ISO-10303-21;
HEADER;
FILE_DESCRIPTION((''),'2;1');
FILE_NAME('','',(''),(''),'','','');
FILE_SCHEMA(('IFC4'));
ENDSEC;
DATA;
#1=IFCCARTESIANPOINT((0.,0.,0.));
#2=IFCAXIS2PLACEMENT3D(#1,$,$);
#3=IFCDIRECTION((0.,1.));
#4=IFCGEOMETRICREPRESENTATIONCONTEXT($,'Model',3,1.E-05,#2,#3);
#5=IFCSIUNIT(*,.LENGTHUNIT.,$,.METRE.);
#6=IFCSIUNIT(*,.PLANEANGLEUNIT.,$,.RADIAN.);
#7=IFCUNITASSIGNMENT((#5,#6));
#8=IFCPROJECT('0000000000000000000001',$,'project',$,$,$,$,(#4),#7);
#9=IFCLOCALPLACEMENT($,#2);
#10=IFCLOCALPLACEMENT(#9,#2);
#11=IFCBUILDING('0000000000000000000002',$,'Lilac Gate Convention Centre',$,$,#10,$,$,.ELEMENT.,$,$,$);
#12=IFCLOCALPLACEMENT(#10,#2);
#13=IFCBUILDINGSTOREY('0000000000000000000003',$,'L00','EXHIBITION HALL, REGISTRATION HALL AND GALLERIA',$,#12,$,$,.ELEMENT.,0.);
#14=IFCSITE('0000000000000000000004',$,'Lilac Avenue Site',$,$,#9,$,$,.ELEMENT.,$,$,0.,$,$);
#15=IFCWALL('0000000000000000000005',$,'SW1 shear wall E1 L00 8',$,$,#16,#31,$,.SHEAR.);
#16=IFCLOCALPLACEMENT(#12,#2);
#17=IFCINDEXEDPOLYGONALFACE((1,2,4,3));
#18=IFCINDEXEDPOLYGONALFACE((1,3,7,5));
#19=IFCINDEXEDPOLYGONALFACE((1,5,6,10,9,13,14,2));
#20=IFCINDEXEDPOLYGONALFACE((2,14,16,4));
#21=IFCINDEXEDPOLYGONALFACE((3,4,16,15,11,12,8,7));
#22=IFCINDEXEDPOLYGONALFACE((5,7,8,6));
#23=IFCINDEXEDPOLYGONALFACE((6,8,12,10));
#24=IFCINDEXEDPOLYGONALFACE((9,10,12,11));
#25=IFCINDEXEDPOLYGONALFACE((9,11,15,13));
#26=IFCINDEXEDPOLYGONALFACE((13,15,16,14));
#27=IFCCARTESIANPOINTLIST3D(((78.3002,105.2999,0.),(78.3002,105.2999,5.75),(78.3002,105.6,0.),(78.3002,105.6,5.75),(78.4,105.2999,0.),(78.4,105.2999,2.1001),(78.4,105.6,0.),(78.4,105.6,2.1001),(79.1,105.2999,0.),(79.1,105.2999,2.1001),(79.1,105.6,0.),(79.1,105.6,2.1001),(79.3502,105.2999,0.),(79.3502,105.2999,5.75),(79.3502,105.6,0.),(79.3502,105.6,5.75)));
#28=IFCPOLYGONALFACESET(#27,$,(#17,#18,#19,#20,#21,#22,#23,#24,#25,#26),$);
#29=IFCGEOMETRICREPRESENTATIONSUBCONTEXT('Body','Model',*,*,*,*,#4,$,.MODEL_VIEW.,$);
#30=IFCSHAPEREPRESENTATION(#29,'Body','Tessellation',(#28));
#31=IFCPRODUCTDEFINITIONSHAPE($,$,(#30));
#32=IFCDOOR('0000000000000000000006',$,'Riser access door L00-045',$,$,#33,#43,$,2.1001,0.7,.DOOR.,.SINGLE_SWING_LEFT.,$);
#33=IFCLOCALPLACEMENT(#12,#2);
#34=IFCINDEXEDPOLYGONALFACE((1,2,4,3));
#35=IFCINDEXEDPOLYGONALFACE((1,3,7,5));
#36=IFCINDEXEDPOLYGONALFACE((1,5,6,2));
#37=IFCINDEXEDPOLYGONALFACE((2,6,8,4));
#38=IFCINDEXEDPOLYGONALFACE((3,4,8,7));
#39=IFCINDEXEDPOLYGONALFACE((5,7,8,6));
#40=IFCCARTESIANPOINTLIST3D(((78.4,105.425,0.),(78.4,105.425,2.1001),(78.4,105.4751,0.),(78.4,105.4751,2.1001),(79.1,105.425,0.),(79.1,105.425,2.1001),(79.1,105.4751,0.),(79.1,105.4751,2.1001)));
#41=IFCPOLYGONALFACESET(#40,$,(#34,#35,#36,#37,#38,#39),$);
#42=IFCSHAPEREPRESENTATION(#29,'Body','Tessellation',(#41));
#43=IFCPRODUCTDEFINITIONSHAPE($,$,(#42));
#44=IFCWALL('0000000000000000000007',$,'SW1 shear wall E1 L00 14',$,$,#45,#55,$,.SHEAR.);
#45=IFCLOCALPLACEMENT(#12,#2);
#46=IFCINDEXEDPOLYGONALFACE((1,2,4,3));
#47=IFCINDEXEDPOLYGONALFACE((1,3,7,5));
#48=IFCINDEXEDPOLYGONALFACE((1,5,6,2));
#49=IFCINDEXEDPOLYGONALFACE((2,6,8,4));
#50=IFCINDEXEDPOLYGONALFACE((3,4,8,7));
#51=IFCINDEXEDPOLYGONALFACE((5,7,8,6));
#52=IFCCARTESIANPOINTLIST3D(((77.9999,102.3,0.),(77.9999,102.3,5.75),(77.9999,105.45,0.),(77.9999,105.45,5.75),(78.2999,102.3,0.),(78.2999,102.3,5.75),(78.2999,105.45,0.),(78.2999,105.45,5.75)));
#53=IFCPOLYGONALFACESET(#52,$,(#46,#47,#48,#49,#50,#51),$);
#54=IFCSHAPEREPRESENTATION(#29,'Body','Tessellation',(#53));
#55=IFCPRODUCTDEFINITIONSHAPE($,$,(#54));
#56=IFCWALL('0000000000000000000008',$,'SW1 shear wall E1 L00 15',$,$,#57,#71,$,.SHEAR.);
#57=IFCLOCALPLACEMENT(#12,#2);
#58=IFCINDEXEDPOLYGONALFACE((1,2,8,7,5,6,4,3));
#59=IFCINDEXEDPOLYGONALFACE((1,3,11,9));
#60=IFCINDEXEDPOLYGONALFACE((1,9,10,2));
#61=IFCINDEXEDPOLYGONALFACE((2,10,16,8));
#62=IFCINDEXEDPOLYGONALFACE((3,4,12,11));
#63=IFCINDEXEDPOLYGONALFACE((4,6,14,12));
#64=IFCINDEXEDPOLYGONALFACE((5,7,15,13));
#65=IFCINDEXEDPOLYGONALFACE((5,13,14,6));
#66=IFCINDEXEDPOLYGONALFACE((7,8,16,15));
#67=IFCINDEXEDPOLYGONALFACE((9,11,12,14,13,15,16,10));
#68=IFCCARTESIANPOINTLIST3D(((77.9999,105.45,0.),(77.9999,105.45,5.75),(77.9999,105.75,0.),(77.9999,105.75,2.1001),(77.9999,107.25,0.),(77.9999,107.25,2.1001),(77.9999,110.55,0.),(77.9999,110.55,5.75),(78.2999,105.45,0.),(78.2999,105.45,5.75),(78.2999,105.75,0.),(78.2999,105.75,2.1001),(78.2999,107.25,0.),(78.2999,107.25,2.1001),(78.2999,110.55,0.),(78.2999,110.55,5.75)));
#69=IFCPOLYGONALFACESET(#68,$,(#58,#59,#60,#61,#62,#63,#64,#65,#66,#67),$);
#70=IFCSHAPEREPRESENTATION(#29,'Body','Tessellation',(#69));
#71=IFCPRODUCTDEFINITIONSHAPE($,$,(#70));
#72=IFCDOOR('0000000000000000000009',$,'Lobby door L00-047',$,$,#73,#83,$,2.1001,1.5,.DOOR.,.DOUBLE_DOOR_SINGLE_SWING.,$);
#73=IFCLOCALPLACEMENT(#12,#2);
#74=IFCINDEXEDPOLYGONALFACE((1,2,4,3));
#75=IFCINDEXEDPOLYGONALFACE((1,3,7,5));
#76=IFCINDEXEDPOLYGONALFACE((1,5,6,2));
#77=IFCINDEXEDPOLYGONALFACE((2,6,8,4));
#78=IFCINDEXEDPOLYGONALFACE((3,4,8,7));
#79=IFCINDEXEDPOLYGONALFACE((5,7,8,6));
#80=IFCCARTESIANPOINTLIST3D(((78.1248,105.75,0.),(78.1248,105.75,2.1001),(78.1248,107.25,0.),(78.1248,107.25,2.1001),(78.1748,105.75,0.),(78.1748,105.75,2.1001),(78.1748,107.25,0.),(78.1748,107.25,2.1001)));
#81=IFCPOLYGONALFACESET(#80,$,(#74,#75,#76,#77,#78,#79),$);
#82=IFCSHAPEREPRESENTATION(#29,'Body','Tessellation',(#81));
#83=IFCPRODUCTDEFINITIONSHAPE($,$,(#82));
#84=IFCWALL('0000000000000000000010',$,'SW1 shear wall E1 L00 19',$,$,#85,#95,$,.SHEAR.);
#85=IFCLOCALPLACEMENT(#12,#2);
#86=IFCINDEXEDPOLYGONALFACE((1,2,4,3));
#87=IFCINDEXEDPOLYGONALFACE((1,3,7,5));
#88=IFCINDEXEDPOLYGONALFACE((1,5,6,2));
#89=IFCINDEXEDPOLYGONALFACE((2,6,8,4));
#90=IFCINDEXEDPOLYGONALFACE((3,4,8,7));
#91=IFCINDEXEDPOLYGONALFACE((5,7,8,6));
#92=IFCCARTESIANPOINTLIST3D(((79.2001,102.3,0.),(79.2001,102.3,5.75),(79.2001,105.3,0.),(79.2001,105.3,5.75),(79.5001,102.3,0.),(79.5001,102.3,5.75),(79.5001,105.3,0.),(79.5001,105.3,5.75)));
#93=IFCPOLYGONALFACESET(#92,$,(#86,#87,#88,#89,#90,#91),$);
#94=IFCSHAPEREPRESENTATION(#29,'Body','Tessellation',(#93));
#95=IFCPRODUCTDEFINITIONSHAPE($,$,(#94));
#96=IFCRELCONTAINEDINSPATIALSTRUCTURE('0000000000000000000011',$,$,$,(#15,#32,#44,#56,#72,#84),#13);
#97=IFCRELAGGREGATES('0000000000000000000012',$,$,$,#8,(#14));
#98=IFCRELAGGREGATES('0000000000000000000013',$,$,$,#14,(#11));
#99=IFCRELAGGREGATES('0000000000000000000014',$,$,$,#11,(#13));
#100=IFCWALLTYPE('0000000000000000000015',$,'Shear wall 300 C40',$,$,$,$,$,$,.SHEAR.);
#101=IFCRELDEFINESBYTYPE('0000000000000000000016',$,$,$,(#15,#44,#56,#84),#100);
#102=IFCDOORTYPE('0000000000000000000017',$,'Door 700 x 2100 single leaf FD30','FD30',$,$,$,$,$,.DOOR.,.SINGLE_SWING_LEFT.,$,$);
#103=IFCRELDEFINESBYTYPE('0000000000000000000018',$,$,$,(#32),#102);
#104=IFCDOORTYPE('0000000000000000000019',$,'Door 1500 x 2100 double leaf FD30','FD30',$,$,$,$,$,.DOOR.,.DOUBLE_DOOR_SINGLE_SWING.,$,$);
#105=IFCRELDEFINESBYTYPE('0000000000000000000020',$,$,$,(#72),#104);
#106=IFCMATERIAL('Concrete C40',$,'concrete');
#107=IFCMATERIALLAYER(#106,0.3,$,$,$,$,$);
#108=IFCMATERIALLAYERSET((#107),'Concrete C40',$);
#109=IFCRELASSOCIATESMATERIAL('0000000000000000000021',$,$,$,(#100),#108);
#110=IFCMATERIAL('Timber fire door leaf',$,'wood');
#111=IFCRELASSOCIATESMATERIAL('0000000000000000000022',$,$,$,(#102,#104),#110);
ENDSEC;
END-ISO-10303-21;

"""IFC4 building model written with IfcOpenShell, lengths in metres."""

from ifc_helpers import new_model, si_unit, direction, frame, frame_2d, origin, place, context, subcontext, project, spatial, rectangle, extrude, material, layer, layer_set, type_object, element, fill, save


model = new_model("IFC4")

# Units and contexts
model_context = context("Model", 3, precision=1e-05, world=origin(), true_north=direction((0.0, 1.0)))
body_context = subcontext(model_context, "Body", "Model", "MODEL_VIEW")
ifc_project = project(units=[si_unit("LENGTHUNIT", "METRE"), si_unit("PLANEANGLEUNIT", "RADIAN")], contexts=[model_context])

# Site, building, storey
site_placement = place(None, origin())
site = spatial("IfcSite", under=ifc_project, at=site_placement, Name="Lilac Avenue Site", CompositionType="ELEMENT", RefElevation=0.0)
building_placement = place(site_placement, origin())
building = spatial("IfcBuilding", under=site, at=building_placement, Name="Lilac Gate Convention Centre", CompositionType="ELEMENT")
storey_placement = place(building_placement, origin())
storey = spatial("IfcBuildingStorey", under=building, at=storey_placement, Name="L00", Description="EXHIBITION HALL, REGISTRATION HALL AND GALLERIA", CompositionType="ELEMENT", Elevation=0.0)

# Shared definitions
ifc_material_1 = material(Name="Concrete C40", Category="concrete")

# Shared definitions
ifc_material_2 = material(Name="Timber fire door leaf", Category="wood")

# Shared definitions
ifc_layer_1 = layer(ifc_material_1, 0.3)
ifc_layer_set_1 = layer_set([ifc_layer_1], Name="Concrete C40")
wall_type_1 = type_object("IfcWallType", Name="Shear wall 300 C40", PredefinedType="SHEAR", material=ifc_layer_set_1)

# Wall, opening, door
wall_1_placement = place(storey_placement, frame((79.3501, 105.45, 0.0), z_axis=(0.0, 0.0, 1.0), x_axis=(-1.0, 0.0, 0.0)))
wall_1 = element("IfcWall", 1, at=wall_1_placement, inside=storey, type_object=wall_type_1, Name="SW1 shear wall E1 L00 8", PredefinedType="SHEAR", context=body_context, shape_type="SweptSolid", body=[
    extrude(rectangle(XDim=1.05, YDim=0.3, at=frame_2d((0.5249, 0.0))), origin(), (0.0, 0.0, 1.0), 5.75),
])
opening_1_placement = place(wall_1_placement, frame((0.25, 0.0, 0.0)))
opening_1 = element("IfcOpeningElement", 2, at=opening_1_placement, cuts=wall_1, PredefinedType="OPENING", context=body_context, shape_type="SweptSolid", body=[
    extrude(rectangle(XDim=0.7, YDim=2.1001, at=frame_2d((0.3501, 1.05))), frame((0.0, 0.1599, 0.0), z_axis=(0.0, -1.0, 0.0), x_axis=(1.0, 0.0, 0.0)), (0.0, 0.0, 1.0), 0.3201),
])
door_type_1 = type_object("IfcDoorType", Name="Door 700 x 2100 single leaf FD30", Description="FD30", OperationType="SINGLE_SWING_LEFT", PredefinedType="DOOR", material=ifc_material_2)
door_1_placement = place(opening_1_placement, origin())
door_1 = element("IfcDoor", 3, at=door_1_placement, inside=storey, type_object=door_type_1, Name="Riser access door L00-045", OperationType="SINGLE_SWING_LEFT", OverallHeight=2.1001, OverallWidth=0.7, PredefinedType="DOOR", context=body_context, shape_type="SweptSolid", body=[
    extrude(rectangle(XDim=0.7, YDim=2.1001, at=frame_2d((0.3501, 1.05))), frame((0.0, 0.0249, 0.0), z_axis=(0.0, -1.0, 0.0), x_axis=(1.0, 0.0, 0.0)), (0.0, 0.0, 1.0), 0.05),
])
fill(opening_1, door_1)

# Wall
wall_2_placement = place(storey_placement, frame((78.1499, 102.3, 0.0), z_axis=(0.0, 0.0, 1.0), x_axis=(0.0, 1.0, 0.0)))
element("IfcWall", 4, at=wall_2_placement, inside=storey, type_object=wall_type_1, Name="SW1 shear wall E1 L00 14", PredefinedType="SHEAR", context=body_context, shape_type="SweptSolid", body=[
    extrude(rectangle(XDim=3.1499, YDim=0.3, at=frame_2d((1.575, 0.0))), origin(), (0.0, 0.0, 1.0), 5.75),
])

# Wall, opening, door
wall_3_placement = place(storey_placement, frame((78.1499, 105.45, 0.0), z_axis=(0.0, 0.0, 1.0), x_axis=(0.0, 1.0, 0.0)))
wall_3 = element("IfcWall", 5, at=wall_3_placement, inside=storey, type_object=wall_type_1, Name="SW1 shear wall E1 L00 15", PredefinedType="SHEAR", context=body_context, shape_type="SweptSolid", body=[
    extrude(rectangle(XDim=5.1001, YDim=0.3, at=frame_2d((2.55, 0.0))), origin(), (0.0, 0.0, 1.0), 5.75),
])
opening_2_placement = place(wall_3_placement, frame((0.3, 0.0, 0.0)))
opening_2 = element("IfcOpeningElement", 6, at=opening_2_placement, cuts=wall_3, PredefinedType="OPENING", context=body_context, shape_type="SweptSolid", body=[
    extrude(rectangle(XDim=1.5, YDim=2.1001, at=frame_2d((0.75, 1.05))), frame((0.0, 0.1599, 0.0), z_axis=(0.0, -1.0, 0.0), x_axis=(1.0, 0.0, 0.0)), (0.0, 0.0, 1.0), 0.3201),
])
door_type_2 = type_object("IfcDoorType", Name="Door 1500 x 2100 double leaf FD30", Description="FD30", OperationType="DOUBLE_DOOR_SINGLE_SWING", PredefinedType="DOOR", material=ifc_material_2)
door_2_placement = place(opening_2_placement, frame((1.5, 0.0, 0.0), z_axis=(0.0, 0.0, 1.0), x_axis=(-1.0, 0.0, 0.0)))
door_2 = element("IfcDoor", 7, at=door_2_placement, inside=storey, type_object=door_type_2, Name="Lobby door L00-047", OperationType="DOUBLE_DOOR_SINGLE_SWING", OverallHeight=2.1001, OverallWidth=1.5, PredefinedType="DOOR", context=body_context, shape_type="SweptSolid", body=[
    extrude(rectangle(XDim=1.5, YDim=2.1001, at=frame_2d((0.75, 1.05))), frame((0.0, 0.0249, 0.0), z_axis=(0.0, -1.0, 0.0), x_axis=(1.0, 0.0, 0.0)), (0.0, 0.0, 1.0), 0.05),
])
fill(opening_2, door_2)

# Wall
wall_4_placement = place(storey_placement, frame((79.3501, 102.3, 0.0), z_axis=(0.0, 0.0, 1.0), x_axis=(0.0, 1.0, 0.0)))
element("IfcWall", 8, at=wall_4_placement, inside=storey, type_object=wall_type_1, Name="SW1 shear wall E1 L00 19", PredefinedType="SHEAR", context=body_context, shape_type="SweptSolid", body=[
    extrude(rectangle(XDim=3.0, YDim=0.3, at=frame_2d((1.5, 0.0))), origin(), (0.0, 0.0, 1.0), 5.75),
])

save(model, "model.ifc")
